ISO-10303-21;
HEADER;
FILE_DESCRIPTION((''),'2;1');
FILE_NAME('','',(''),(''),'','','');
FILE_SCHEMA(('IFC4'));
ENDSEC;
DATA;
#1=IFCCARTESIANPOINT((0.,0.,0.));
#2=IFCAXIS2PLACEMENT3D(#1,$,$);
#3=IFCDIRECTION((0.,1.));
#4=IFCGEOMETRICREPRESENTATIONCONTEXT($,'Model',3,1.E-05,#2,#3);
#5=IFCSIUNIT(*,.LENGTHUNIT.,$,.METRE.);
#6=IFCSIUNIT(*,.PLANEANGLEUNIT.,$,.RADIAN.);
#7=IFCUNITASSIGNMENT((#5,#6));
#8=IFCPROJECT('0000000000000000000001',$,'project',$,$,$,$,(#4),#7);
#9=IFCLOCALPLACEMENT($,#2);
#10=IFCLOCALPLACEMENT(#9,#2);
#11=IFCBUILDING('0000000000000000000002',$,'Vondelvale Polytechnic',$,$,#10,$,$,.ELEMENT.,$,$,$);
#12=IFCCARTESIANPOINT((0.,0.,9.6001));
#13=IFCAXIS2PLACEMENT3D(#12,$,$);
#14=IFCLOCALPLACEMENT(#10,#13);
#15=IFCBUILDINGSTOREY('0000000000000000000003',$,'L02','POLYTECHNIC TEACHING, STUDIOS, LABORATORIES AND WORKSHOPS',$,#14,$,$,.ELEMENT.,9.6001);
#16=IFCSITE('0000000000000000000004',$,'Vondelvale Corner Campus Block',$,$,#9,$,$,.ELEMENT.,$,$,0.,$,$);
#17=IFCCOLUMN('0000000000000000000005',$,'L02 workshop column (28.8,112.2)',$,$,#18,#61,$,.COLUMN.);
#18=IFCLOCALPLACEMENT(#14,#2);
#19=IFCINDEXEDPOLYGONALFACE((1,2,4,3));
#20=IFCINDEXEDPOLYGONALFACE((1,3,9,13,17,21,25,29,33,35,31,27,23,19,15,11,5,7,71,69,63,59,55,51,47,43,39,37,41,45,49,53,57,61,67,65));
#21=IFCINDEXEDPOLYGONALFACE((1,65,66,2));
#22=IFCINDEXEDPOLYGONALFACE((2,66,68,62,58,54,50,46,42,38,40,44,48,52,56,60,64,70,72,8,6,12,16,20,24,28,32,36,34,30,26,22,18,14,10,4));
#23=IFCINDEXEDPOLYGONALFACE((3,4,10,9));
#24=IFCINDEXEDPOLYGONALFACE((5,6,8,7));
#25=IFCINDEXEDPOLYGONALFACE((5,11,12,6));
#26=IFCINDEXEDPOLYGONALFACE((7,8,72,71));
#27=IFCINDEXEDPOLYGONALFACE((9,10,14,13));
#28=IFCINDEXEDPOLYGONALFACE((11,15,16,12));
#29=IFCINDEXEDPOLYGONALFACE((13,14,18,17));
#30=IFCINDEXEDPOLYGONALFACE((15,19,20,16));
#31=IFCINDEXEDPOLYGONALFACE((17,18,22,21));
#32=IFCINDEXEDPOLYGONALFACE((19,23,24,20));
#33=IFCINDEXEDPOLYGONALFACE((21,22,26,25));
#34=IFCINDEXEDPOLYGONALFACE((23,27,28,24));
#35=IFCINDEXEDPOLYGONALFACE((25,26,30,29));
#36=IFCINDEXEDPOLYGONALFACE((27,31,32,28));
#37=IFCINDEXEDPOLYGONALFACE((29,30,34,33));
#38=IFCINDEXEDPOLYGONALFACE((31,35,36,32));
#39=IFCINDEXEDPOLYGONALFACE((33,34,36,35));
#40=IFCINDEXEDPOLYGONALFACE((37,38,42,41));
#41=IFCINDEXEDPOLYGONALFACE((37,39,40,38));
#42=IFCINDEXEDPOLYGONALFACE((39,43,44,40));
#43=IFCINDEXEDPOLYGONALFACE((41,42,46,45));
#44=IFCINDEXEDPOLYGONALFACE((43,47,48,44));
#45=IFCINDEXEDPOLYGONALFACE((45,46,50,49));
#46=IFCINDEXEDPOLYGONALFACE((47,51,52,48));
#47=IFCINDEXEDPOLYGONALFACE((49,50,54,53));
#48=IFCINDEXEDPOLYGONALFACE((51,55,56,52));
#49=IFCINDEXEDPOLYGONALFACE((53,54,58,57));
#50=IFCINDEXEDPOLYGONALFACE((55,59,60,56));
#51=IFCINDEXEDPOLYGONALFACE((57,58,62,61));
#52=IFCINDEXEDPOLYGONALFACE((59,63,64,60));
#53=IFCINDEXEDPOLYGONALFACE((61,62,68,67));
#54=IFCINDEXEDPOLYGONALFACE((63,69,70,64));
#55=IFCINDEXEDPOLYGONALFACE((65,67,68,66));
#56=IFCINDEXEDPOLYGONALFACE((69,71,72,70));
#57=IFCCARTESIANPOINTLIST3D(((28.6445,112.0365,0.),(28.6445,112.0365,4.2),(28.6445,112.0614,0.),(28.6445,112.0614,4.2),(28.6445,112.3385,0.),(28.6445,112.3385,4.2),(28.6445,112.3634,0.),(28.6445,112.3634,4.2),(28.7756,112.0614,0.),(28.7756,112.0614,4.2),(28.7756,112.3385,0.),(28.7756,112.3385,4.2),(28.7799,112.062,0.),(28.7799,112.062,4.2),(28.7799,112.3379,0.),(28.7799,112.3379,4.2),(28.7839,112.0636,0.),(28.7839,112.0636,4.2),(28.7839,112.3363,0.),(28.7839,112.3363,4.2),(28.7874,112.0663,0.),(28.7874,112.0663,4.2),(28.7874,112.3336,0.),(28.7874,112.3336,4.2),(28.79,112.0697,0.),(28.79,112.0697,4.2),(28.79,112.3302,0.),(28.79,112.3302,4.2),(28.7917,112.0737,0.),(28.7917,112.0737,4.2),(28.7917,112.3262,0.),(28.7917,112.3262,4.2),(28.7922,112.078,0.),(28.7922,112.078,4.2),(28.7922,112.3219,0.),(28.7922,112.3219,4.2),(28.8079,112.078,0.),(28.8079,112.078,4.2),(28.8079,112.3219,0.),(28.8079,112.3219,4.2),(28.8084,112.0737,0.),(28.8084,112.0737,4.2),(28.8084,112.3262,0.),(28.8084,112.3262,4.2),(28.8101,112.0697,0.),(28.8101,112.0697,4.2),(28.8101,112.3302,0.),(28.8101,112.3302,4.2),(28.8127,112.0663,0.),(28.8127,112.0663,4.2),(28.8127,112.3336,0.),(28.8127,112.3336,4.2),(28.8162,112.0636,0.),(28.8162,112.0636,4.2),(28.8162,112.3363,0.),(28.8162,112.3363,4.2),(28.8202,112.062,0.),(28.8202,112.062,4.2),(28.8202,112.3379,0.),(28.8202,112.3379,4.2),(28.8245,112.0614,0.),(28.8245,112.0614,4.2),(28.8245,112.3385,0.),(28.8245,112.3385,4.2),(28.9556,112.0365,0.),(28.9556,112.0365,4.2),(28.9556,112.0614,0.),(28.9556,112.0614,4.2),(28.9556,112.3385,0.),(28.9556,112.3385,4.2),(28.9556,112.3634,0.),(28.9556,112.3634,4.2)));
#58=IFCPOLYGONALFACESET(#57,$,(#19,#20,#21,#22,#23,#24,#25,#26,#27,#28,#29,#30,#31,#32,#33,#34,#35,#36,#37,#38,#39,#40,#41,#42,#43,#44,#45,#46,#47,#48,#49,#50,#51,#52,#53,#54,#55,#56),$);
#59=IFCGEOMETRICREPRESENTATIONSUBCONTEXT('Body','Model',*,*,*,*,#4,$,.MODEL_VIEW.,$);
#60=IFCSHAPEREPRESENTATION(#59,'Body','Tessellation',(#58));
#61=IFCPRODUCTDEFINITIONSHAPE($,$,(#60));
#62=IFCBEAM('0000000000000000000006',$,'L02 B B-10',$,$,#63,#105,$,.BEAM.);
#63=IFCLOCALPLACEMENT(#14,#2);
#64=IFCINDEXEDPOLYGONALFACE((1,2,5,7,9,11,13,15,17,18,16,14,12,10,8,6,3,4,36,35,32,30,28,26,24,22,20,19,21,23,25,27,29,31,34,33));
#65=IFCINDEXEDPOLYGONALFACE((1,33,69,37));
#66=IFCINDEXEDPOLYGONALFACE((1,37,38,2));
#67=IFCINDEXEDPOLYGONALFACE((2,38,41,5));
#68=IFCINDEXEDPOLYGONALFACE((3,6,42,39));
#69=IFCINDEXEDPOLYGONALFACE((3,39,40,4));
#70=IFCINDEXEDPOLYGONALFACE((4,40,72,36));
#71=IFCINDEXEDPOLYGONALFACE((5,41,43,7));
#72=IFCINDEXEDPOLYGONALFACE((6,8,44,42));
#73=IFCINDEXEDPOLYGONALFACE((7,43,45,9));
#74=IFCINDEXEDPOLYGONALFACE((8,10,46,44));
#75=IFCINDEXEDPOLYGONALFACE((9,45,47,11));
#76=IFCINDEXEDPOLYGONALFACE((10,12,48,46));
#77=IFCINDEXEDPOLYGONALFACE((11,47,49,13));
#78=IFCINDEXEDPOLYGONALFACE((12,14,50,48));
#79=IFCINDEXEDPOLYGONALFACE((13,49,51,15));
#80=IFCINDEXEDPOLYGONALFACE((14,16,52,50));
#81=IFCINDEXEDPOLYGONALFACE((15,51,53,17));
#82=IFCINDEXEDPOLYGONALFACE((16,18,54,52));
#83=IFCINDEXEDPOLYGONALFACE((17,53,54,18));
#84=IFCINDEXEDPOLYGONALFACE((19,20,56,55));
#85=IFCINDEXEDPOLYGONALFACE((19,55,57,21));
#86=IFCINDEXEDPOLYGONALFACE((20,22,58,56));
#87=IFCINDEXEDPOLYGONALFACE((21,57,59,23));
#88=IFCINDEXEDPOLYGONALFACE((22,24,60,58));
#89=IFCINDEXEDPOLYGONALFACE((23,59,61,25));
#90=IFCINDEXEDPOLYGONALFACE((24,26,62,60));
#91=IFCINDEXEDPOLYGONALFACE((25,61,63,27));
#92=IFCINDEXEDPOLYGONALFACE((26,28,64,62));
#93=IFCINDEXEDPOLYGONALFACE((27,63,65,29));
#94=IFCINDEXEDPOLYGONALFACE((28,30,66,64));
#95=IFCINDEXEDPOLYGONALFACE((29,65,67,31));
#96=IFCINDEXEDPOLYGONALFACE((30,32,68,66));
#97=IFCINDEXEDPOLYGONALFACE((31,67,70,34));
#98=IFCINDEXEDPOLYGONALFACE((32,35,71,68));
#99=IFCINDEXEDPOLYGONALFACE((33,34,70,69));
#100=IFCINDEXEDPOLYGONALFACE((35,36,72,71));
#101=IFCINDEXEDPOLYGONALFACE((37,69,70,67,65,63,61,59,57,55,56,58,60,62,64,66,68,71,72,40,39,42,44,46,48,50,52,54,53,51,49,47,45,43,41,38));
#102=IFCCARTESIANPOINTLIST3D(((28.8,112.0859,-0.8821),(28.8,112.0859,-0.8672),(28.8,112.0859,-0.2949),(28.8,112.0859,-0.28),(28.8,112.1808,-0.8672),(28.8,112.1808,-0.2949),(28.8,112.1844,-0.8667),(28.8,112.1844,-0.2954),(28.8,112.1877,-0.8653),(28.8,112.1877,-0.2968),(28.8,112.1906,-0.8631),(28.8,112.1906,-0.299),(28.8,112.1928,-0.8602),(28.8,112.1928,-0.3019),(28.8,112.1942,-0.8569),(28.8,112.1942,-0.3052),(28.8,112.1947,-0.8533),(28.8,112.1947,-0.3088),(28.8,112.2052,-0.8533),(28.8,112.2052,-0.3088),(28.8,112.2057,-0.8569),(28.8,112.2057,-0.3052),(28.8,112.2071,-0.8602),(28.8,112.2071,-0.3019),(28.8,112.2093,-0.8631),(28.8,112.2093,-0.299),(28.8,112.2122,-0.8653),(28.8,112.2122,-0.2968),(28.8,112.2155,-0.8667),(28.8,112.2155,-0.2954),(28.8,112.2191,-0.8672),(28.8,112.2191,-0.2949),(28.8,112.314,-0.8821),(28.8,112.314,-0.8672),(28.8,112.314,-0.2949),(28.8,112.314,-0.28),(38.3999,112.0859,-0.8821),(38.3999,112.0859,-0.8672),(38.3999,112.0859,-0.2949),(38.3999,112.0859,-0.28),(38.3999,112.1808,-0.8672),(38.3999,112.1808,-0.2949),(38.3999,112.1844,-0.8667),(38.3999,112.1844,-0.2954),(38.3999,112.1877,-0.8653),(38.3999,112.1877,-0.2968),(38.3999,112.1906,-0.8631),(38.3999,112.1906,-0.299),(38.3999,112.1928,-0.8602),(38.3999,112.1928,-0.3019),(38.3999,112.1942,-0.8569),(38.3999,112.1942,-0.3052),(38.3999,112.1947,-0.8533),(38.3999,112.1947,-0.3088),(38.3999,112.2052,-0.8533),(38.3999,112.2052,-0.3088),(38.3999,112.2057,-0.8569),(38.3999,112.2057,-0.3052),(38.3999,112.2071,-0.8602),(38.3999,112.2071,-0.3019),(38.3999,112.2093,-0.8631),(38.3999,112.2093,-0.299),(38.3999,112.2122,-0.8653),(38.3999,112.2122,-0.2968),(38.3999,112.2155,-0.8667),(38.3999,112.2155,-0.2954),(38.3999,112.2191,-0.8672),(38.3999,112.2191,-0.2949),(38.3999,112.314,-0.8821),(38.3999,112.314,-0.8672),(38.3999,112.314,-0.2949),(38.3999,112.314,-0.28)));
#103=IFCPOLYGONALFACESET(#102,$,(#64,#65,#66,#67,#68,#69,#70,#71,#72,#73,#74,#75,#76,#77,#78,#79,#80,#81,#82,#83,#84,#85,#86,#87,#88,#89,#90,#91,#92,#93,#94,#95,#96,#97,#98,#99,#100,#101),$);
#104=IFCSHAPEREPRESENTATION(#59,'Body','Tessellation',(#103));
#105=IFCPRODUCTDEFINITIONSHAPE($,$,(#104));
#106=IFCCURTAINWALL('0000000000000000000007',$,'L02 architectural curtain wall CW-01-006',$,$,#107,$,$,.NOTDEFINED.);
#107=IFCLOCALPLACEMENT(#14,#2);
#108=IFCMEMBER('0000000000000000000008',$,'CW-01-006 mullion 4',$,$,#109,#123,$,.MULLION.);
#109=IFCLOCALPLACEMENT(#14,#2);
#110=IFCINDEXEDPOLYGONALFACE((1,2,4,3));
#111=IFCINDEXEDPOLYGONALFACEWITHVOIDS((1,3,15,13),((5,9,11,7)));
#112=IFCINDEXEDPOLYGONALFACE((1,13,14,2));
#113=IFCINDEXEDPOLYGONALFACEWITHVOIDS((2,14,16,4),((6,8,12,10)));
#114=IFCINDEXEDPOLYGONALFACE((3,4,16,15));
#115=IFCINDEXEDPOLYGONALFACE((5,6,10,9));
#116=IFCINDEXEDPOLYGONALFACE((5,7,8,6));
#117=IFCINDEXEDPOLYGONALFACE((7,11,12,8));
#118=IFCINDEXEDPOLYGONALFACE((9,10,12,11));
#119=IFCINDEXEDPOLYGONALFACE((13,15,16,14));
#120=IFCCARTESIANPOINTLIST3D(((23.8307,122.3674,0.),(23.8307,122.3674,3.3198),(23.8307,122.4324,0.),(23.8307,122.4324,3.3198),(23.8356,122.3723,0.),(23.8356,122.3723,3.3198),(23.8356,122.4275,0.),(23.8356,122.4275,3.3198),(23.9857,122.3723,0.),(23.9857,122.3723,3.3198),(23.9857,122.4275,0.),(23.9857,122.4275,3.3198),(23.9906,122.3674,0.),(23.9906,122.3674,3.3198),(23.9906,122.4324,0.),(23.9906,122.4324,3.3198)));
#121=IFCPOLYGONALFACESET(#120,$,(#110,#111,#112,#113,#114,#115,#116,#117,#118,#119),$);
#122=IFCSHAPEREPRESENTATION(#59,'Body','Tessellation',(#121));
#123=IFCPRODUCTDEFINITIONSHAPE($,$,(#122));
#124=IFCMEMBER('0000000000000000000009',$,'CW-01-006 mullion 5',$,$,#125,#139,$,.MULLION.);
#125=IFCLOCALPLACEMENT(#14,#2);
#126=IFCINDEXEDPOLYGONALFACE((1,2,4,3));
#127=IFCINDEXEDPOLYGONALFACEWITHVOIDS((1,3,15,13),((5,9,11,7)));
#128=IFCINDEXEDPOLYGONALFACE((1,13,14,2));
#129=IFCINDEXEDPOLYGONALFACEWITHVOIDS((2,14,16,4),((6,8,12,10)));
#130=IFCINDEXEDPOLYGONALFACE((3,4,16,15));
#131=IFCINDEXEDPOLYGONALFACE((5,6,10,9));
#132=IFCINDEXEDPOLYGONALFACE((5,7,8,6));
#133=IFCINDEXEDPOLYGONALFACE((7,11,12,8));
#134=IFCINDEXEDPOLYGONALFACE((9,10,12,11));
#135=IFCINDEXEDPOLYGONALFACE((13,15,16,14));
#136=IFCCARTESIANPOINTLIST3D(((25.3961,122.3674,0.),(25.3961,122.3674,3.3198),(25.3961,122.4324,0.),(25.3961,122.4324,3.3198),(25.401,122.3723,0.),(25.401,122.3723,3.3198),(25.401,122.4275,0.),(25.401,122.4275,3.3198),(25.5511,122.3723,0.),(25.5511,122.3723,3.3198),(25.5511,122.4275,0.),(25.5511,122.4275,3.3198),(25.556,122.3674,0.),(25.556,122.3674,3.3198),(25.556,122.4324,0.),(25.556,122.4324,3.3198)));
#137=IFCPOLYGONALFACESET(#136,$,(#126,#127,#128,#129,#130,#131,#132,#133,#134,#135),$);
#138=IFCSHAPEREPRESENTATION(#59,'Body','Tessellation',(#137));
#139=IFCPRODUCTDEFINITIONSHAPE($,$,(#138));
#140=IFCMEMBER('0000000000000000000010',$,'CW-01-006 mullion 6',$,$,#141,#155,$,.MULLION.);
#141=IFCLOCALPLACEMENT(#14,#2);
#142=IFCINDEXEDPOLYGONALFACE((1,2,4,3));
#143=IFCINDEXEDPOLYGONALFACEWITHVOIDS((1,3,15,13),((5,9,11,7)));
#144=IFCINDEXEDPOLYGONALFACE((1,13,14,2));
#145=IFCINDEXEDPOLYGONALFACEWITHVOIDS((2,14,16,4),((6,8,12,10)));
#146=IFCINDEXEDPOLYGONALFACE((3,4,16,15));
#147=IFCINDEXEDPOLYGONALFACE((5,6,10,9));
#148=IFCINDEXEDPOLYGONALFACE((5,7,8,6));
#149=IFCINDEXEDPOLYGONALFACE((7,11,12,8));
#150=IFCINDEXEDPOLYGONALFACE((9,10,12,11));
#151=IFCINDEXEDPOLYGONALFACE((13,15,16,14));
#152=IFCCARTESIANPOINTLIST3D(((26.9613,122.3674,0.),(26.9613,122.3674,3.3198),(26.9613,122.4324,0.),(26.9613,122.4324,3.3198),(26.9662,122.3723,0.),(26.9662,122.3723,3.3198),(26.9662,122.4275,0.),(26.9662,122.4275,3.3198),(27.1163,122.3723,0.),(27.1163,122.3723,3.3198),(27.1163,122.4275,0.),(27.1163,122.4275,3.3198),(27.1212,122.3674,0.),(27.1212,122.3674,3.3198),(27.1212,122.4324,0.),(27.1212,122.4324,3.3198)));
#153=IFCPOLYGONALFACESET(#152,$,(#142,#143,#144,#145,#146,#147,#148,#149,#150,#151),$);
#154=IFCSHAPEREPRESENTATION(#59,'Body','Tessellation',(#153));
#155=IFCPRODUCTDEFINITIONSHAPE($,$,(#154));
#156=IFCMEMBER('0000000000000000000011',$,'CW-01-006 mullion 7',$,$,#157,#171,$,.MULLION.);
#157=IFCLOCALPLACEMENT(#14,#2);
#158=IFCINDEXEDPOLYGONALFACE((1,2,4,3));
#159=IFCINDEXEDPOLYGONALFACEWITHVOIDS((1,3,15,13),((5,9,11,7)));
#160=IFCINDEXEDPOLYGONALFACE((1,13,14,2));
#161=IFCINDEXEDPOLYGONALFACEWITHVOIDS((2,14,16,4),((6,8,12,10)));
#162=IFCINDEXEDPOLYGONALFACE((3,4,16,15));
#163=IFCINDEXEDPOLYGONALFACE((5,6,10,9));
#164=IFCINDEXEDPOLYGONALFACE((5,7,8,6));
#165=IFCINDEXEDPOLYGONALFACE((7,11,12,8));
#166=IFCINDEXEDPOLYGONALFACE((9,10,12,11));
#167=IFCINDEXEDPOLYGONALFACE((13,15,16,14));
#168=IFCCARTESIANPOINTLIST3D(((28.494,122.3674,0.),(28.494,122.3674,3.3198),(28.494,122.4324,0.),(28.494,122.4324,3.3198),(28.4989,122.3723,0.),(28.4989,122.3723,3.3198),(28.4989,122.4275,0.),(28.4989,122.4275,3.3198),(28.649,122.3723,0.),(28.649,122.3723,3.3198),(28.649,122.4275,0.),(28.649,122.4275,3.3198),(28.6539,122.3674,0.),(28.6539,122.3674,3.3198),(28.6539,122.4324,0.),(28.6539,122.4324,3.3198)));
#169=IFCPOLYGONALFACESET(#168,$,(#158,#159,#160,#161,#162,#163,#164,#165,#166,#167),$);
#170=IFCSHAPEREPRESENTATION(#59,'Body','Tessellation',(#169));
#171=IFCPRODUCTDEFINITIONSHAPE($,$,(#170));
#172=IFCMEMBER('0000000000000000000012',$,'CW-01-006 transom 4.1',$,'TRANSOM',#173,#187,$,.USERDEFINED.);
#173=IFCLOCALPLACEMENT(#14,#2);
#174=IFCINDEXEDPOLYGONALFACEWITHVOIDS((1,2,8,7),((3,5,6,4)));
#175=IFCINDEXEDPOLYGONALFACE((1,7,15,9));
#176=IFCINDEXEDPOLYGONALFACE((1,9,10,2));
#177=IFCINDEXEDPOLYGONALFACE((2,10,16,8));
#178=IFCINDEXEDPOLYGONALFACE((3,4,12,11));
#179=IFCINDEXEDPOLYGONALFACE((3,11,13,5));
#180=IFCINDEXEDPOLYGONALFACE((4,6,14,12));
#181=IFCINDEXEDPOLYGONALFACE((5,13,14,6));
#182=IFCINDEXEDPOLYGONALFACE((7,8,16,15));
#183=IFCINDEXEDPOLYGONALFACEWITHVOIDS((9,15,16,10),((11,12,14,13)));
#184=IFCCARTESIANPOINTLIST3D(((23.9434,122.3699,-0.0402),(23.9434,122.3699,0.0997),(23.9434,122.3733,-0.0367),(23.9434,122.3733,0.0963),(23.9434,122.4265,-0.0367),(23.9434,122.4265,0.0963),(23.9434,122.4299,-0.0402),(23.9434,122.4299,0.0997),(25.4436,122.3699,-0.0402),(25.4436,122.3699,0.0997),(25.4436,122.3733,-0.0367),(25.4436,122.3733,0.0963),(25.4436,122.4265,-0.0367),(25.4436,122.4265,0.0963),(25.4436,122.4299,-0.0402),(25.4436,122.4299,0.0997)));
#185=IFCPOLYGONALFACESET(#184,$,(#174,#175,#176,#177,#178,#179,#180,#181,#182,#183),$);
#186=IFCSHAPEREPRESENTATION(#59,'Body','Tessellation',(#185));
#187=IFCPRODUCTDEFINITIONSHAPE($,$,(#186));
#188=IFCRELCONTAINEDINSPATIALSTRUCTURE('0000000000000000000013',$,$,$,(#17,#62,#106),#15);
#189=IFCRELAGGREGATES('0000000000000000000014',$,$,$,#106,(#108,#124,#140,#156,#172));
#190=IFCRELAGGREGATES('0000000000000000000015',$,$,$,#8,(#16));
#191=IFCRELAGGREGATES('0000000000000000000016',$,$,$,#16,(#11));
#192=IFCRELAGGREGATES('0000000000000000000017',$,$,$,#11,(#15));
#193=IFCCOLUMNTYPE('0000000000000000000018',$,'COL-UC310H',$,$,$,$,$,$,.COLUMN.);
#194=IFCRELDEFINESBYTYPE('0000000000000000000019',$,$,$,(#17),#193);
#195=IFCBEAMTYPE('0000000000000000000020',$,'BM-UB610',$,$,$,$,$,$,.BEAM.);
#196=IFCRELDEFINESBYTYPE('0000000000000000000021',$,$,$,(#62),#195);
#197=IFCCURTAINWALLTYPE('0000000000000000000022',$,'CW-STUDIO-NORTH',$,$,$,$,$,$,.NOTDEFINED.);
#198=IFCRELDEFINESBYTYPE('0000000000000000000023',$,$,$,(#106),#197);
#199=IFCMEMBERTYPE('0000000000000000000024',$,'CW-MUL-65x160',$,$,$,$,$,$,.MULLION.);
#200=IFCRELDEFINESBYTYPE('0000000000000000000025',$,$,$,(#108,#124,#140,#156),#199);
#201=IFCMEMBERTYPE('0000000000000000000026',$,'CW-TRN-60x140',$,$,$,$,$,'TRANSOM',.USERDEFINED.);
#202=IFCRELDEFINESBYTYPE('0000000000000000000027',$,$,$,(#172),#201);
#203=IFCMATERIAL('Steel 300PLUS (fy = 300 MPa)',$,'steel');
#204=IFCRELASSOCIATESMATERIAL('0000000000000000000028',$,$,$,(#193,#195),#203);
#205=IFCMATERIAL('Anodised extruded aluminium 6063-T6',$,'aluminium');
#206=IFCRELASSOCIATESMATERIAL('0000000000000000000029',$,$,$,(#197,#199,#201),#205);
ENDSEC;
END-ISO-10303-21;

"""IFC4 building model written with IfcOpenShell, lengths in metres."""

from ifc_helpers import new_model, si_unit, direction, frame, origin, origin_2d, place, context, subcontext, project, spatial, hollow_rectangle, i_section, extrude, material, material_profile, profile_set, type_object, element, aggregate, save


model = new_model("IFC4")

# Units and contexts
model_context = context("Model", 3, precision=1e-05, world=origin(), true_north=direction((0.0, 1.0)))
body_context = subcontext(model_context, "Body", "Model", "MODEL_VIEW")
ifc_project = project(units=[si_unit("LENGTHUNIT", "METRE"), si_unit("PLANEANGLEUNIT", "RADIAN")], contexts=[model_context])

# Site, building, storey
site_placement = place(None, origin())
site = spatial("IfcSite", under=ifc_project, at=site_placement, Name="Vondelvale Corner Campus Block", CompositionType="ELEMENT", RefElevation=0.0)
building_placement = place(site_placement, origin())
building = spatial("IfcBuilding", under=site, at=building_placement, Name="Vondelvale Polytechnic", CompositionType="ELEMENT")
storey_placement = place(building_placement, frame((0.0, 0.0, 9.6001)))
storey = spatial("IfcBuildingStorey", under=building, at=storey_placement, Name="L02", Description="POLYTECHNIC TEACHING, STUDIOS, LABORATORIES AND WORKSHOPS", CompositionType="ELEMENT", Elevation=9.6001)

# Column
ifc_material_1 = material(Name="Steel 300PLUS (fy = 300 MPa)", Category="steel")
ifc_material_profile_1 = material_profile(ifc_material_1, i_section(OverallWidth=0.311, OverallDepth=0.3269, WebThickness=0.0156, FlangeThickness=0.0249, FilletRadius=0.0166, at=origin_2d()), Name="310UC158")
ifc_profile_set_1 = profile_set([ifc_material_profile_1], Name="Steel 300PLUS (fy = 300 MPa)")
column_type = type_object("IfcColumnType", Name="COL-UC310H", PredefinedType="COLUMN", material=ifc_profile_set_1)
column_placement = place(storey_placement, frame((28.8, 112.2, 0.0), z_axis=(0.0, 0.0, 1.0), x_axis=(1.0, 0.0, 0.0)))
element("IfcColumn", 1, at=column_placement, inside=storey, type_object=column_type, Name="L02 workshop column (28.8,112.2)", PredefinedType="COLUMN", context=body_context, shape_type="SweptSolid", body=[
    extrude(i_section(OverallWidth=0.311, OverallDepth=0.3269, WebThickness=0.0156, FlangeThickness=0.0249, FilletRadius=0.0166, at=origin_2d()), origin(), (0.0, 0.0, 1.0), 4.2),
])

# Beam
ifc_material_profile_2 = material_profile(ifc_material_1, i_section(OverallWidth=0.228, OverallDepth=0.6021, WebThickness=0.0105, FlangeThickness=0.0149, FilletRadius=0.0139, at=origin_2d()), Name="610UB101")
ifc_profile_set_2 = profile_set([ifc_material_profile_2], Name="Steel 300PLUS (fy = 300 MPa)")
beam_type = type_object("IfcBeamType", Name="BM-UB610", PredefinedType="BEAM", material=ifc_profile_set_2)
beam_placement = place(storey_placement, frame((28.8, 112.2, -0.5811), z_axis=(1.0, 0.0, 0.0), x_axis=(0.0, 1.0, 0.0)))
element("IfcBeam", 2, at=beam_placement, inside=storey, type_object=beam_type, Name="L02 B B-10", PredefinedType="BEAM", context=body_context, shape_type="SweptSolid", body=[
    extrude(i_section(OverallWidth=0.228, OverallDepth=0.6021, WebThickness=0.0105, FlangeThickness=0.0149, FilletRadius=0.0139, at=origin_2d()), origin(), (0.0, 0.0, 1.0), 9.5999),
])

# Curtain wall, members
ifc_material_2 = material(Name="Anodised extruded aluminium 6063-T6", Category="aluminium")
curtain_wall_type = type_object("IfcCurtainWallType", Name="CW-STUDIO-NORTH", PredefinedType="NOTDEFINED", material=ifc_material_2)
curtain_wall_placement = place(storey_placement, origin())
curtain_wall = element("IfcCurtainWall", 3, at=curtain_wall_placement, inside=storey, type_object=curtain_wall_type, Name="L02 architectural curtain wall CW-01-006", PredefinedType="NOTDEFINED")
ifc_material_profile_3 = material_profile(ifc_material_2, hollow_rectangle(XDim=0.0649, YDim=0.1599, WallThickness=0.0049, at=origin_2d()), Name="CW-MUL-160x65")
ifc_profile_set_3 = profile_set([ifc_material_profile_3], Name="Anodised extruded aluminium 6063-T6")
member_type_1 = type_object("IfcMemberType", Name="CW-MUL-65x160", PredefinedType="MULLION", material=ifc_profile_set_3)
member_1_placement = place(storey_placement, frame((23.9106, 122.3999, 0.0), z_axis=(0.0, 0.0, 1.0), x_axis=(0.0, 1.0, 0.0)))
member_1 = element("IfcMember", 4, at=member_1_placement, type_object=member_type_1, Name="CW-01-006 mullion 4", PredefinedType="MULLION", context=body_context, shape_type="SweptSolid", body=[
    extrude(hollow_rectangle(XDim=0.0649, YDim=0.1599, WallThickness=0.0049, at=origin_2d()), origin(), (0.0, 0.0, 1.0), 3.3198),
])
member_2_placement = place(storey_placement, frame((25.4761, 122.3999, 0.0), z_axis=(0.0, 0.0, 1.0), x_axis=(0.0, 1.0, 0.0)))
member_2 = element("IfcMember", 5, at=member_2_placement, type_object=member_type_1, Name="CW-01-006 mullion 5", PredefinedType="MULLION", context=body_context, shape_type="SweptSolid", body=[
    extrude(hollow_rectangle(XDim=0.0649, YDim=0.1599, WallThickness=0.0049, at=origin_2d()), origin(), (0.0, 0.0, 1.0), 3.3198),
])
member_3_placement = place(storey_placement, frame((27.0413, 122.3999, 0.0), z_axis=(0.0, 0.0, 1.0), x_axis=(0.0, 1.0, 0.0)))
member_3 = element("IfcMember", 6, at=member_3_placement, type_object=member_type_1, Name="CW-01-006 mullion 6", PredefinedType="MULLION", context=body_context, shape_type="SweptSolid", body=[
    extrude(hollow_rectangle(XDim=0.0649, YDim=0.1599, WallThickness=0.0049, at=origin_2d()), origin(), (0.0, 0.0, 1.0), 3.3198),
])
member_4_placement = place(storey_placement, frame((28.574, 122.3999, 0.0), z_axis=(0.0, 0.0, 1.0), x_axis=(0.0, 1.0, 0.0)))
member_4 = element("IfcMember", 7, at=member_4_placement, type_object=member_type_1, Name="CW-01-006 mullion 7", PredefinedType="MULLION", context=body_context, shape_type="SweptSolid", body=[
    extrude(hollow_rectangle(XDim=0.0649, YDim=0.1599, WallThickness=0.0049, at=origin_2d()), origin(), (0.0, 0.0, 1.0), 3.3198),
])
ifc_material_profile_4 = material_profile(ifc_material_2, hollow_rectangle(XDim=0.0601, YDim=0.1399, WallThickness=0.0034, at=origin_2d()), Name="CW-TRN-140x60")
ifc_profile_set_4 = profile_set([ifc_material_profile_4], Name="Anodised extruded aluminium 6063-T6")
member_type_2 = type_object("IfcMemberType", Name="CW-TRN-60x140", ElementType="TRANSOM", PredefinedType="USERDEFINED", material=ifc_profile_set_4)
member_5_placement = place(storey_placement, frame((23.9434, 122.3999, 0.0298), z_axis=(1.0, 0.0, 0.0), x_axis=(0.0, 1.0, 0.0)))
member_5 = element("IfcMember", 8, at=member_5_placement, type_object=member_type_2, Name="CW-01-006 transom 4.1", ObjectType="TRANSOM", PredefinedType="USERDEFINED", context=body_context, shape_type="SweptSolid", body=[
    extrude(hollow_rectangle(XDim=0.0601, YDim=0.1399, WallThickness=0.0034, at=origin_2d()), origin(), (0.0, 0.0, 1.0), 1.5002),
])
aggregate(curtain_wall, [member_1, member_2, member_3, member_4, member_5])

save(model, "model.ifc")
